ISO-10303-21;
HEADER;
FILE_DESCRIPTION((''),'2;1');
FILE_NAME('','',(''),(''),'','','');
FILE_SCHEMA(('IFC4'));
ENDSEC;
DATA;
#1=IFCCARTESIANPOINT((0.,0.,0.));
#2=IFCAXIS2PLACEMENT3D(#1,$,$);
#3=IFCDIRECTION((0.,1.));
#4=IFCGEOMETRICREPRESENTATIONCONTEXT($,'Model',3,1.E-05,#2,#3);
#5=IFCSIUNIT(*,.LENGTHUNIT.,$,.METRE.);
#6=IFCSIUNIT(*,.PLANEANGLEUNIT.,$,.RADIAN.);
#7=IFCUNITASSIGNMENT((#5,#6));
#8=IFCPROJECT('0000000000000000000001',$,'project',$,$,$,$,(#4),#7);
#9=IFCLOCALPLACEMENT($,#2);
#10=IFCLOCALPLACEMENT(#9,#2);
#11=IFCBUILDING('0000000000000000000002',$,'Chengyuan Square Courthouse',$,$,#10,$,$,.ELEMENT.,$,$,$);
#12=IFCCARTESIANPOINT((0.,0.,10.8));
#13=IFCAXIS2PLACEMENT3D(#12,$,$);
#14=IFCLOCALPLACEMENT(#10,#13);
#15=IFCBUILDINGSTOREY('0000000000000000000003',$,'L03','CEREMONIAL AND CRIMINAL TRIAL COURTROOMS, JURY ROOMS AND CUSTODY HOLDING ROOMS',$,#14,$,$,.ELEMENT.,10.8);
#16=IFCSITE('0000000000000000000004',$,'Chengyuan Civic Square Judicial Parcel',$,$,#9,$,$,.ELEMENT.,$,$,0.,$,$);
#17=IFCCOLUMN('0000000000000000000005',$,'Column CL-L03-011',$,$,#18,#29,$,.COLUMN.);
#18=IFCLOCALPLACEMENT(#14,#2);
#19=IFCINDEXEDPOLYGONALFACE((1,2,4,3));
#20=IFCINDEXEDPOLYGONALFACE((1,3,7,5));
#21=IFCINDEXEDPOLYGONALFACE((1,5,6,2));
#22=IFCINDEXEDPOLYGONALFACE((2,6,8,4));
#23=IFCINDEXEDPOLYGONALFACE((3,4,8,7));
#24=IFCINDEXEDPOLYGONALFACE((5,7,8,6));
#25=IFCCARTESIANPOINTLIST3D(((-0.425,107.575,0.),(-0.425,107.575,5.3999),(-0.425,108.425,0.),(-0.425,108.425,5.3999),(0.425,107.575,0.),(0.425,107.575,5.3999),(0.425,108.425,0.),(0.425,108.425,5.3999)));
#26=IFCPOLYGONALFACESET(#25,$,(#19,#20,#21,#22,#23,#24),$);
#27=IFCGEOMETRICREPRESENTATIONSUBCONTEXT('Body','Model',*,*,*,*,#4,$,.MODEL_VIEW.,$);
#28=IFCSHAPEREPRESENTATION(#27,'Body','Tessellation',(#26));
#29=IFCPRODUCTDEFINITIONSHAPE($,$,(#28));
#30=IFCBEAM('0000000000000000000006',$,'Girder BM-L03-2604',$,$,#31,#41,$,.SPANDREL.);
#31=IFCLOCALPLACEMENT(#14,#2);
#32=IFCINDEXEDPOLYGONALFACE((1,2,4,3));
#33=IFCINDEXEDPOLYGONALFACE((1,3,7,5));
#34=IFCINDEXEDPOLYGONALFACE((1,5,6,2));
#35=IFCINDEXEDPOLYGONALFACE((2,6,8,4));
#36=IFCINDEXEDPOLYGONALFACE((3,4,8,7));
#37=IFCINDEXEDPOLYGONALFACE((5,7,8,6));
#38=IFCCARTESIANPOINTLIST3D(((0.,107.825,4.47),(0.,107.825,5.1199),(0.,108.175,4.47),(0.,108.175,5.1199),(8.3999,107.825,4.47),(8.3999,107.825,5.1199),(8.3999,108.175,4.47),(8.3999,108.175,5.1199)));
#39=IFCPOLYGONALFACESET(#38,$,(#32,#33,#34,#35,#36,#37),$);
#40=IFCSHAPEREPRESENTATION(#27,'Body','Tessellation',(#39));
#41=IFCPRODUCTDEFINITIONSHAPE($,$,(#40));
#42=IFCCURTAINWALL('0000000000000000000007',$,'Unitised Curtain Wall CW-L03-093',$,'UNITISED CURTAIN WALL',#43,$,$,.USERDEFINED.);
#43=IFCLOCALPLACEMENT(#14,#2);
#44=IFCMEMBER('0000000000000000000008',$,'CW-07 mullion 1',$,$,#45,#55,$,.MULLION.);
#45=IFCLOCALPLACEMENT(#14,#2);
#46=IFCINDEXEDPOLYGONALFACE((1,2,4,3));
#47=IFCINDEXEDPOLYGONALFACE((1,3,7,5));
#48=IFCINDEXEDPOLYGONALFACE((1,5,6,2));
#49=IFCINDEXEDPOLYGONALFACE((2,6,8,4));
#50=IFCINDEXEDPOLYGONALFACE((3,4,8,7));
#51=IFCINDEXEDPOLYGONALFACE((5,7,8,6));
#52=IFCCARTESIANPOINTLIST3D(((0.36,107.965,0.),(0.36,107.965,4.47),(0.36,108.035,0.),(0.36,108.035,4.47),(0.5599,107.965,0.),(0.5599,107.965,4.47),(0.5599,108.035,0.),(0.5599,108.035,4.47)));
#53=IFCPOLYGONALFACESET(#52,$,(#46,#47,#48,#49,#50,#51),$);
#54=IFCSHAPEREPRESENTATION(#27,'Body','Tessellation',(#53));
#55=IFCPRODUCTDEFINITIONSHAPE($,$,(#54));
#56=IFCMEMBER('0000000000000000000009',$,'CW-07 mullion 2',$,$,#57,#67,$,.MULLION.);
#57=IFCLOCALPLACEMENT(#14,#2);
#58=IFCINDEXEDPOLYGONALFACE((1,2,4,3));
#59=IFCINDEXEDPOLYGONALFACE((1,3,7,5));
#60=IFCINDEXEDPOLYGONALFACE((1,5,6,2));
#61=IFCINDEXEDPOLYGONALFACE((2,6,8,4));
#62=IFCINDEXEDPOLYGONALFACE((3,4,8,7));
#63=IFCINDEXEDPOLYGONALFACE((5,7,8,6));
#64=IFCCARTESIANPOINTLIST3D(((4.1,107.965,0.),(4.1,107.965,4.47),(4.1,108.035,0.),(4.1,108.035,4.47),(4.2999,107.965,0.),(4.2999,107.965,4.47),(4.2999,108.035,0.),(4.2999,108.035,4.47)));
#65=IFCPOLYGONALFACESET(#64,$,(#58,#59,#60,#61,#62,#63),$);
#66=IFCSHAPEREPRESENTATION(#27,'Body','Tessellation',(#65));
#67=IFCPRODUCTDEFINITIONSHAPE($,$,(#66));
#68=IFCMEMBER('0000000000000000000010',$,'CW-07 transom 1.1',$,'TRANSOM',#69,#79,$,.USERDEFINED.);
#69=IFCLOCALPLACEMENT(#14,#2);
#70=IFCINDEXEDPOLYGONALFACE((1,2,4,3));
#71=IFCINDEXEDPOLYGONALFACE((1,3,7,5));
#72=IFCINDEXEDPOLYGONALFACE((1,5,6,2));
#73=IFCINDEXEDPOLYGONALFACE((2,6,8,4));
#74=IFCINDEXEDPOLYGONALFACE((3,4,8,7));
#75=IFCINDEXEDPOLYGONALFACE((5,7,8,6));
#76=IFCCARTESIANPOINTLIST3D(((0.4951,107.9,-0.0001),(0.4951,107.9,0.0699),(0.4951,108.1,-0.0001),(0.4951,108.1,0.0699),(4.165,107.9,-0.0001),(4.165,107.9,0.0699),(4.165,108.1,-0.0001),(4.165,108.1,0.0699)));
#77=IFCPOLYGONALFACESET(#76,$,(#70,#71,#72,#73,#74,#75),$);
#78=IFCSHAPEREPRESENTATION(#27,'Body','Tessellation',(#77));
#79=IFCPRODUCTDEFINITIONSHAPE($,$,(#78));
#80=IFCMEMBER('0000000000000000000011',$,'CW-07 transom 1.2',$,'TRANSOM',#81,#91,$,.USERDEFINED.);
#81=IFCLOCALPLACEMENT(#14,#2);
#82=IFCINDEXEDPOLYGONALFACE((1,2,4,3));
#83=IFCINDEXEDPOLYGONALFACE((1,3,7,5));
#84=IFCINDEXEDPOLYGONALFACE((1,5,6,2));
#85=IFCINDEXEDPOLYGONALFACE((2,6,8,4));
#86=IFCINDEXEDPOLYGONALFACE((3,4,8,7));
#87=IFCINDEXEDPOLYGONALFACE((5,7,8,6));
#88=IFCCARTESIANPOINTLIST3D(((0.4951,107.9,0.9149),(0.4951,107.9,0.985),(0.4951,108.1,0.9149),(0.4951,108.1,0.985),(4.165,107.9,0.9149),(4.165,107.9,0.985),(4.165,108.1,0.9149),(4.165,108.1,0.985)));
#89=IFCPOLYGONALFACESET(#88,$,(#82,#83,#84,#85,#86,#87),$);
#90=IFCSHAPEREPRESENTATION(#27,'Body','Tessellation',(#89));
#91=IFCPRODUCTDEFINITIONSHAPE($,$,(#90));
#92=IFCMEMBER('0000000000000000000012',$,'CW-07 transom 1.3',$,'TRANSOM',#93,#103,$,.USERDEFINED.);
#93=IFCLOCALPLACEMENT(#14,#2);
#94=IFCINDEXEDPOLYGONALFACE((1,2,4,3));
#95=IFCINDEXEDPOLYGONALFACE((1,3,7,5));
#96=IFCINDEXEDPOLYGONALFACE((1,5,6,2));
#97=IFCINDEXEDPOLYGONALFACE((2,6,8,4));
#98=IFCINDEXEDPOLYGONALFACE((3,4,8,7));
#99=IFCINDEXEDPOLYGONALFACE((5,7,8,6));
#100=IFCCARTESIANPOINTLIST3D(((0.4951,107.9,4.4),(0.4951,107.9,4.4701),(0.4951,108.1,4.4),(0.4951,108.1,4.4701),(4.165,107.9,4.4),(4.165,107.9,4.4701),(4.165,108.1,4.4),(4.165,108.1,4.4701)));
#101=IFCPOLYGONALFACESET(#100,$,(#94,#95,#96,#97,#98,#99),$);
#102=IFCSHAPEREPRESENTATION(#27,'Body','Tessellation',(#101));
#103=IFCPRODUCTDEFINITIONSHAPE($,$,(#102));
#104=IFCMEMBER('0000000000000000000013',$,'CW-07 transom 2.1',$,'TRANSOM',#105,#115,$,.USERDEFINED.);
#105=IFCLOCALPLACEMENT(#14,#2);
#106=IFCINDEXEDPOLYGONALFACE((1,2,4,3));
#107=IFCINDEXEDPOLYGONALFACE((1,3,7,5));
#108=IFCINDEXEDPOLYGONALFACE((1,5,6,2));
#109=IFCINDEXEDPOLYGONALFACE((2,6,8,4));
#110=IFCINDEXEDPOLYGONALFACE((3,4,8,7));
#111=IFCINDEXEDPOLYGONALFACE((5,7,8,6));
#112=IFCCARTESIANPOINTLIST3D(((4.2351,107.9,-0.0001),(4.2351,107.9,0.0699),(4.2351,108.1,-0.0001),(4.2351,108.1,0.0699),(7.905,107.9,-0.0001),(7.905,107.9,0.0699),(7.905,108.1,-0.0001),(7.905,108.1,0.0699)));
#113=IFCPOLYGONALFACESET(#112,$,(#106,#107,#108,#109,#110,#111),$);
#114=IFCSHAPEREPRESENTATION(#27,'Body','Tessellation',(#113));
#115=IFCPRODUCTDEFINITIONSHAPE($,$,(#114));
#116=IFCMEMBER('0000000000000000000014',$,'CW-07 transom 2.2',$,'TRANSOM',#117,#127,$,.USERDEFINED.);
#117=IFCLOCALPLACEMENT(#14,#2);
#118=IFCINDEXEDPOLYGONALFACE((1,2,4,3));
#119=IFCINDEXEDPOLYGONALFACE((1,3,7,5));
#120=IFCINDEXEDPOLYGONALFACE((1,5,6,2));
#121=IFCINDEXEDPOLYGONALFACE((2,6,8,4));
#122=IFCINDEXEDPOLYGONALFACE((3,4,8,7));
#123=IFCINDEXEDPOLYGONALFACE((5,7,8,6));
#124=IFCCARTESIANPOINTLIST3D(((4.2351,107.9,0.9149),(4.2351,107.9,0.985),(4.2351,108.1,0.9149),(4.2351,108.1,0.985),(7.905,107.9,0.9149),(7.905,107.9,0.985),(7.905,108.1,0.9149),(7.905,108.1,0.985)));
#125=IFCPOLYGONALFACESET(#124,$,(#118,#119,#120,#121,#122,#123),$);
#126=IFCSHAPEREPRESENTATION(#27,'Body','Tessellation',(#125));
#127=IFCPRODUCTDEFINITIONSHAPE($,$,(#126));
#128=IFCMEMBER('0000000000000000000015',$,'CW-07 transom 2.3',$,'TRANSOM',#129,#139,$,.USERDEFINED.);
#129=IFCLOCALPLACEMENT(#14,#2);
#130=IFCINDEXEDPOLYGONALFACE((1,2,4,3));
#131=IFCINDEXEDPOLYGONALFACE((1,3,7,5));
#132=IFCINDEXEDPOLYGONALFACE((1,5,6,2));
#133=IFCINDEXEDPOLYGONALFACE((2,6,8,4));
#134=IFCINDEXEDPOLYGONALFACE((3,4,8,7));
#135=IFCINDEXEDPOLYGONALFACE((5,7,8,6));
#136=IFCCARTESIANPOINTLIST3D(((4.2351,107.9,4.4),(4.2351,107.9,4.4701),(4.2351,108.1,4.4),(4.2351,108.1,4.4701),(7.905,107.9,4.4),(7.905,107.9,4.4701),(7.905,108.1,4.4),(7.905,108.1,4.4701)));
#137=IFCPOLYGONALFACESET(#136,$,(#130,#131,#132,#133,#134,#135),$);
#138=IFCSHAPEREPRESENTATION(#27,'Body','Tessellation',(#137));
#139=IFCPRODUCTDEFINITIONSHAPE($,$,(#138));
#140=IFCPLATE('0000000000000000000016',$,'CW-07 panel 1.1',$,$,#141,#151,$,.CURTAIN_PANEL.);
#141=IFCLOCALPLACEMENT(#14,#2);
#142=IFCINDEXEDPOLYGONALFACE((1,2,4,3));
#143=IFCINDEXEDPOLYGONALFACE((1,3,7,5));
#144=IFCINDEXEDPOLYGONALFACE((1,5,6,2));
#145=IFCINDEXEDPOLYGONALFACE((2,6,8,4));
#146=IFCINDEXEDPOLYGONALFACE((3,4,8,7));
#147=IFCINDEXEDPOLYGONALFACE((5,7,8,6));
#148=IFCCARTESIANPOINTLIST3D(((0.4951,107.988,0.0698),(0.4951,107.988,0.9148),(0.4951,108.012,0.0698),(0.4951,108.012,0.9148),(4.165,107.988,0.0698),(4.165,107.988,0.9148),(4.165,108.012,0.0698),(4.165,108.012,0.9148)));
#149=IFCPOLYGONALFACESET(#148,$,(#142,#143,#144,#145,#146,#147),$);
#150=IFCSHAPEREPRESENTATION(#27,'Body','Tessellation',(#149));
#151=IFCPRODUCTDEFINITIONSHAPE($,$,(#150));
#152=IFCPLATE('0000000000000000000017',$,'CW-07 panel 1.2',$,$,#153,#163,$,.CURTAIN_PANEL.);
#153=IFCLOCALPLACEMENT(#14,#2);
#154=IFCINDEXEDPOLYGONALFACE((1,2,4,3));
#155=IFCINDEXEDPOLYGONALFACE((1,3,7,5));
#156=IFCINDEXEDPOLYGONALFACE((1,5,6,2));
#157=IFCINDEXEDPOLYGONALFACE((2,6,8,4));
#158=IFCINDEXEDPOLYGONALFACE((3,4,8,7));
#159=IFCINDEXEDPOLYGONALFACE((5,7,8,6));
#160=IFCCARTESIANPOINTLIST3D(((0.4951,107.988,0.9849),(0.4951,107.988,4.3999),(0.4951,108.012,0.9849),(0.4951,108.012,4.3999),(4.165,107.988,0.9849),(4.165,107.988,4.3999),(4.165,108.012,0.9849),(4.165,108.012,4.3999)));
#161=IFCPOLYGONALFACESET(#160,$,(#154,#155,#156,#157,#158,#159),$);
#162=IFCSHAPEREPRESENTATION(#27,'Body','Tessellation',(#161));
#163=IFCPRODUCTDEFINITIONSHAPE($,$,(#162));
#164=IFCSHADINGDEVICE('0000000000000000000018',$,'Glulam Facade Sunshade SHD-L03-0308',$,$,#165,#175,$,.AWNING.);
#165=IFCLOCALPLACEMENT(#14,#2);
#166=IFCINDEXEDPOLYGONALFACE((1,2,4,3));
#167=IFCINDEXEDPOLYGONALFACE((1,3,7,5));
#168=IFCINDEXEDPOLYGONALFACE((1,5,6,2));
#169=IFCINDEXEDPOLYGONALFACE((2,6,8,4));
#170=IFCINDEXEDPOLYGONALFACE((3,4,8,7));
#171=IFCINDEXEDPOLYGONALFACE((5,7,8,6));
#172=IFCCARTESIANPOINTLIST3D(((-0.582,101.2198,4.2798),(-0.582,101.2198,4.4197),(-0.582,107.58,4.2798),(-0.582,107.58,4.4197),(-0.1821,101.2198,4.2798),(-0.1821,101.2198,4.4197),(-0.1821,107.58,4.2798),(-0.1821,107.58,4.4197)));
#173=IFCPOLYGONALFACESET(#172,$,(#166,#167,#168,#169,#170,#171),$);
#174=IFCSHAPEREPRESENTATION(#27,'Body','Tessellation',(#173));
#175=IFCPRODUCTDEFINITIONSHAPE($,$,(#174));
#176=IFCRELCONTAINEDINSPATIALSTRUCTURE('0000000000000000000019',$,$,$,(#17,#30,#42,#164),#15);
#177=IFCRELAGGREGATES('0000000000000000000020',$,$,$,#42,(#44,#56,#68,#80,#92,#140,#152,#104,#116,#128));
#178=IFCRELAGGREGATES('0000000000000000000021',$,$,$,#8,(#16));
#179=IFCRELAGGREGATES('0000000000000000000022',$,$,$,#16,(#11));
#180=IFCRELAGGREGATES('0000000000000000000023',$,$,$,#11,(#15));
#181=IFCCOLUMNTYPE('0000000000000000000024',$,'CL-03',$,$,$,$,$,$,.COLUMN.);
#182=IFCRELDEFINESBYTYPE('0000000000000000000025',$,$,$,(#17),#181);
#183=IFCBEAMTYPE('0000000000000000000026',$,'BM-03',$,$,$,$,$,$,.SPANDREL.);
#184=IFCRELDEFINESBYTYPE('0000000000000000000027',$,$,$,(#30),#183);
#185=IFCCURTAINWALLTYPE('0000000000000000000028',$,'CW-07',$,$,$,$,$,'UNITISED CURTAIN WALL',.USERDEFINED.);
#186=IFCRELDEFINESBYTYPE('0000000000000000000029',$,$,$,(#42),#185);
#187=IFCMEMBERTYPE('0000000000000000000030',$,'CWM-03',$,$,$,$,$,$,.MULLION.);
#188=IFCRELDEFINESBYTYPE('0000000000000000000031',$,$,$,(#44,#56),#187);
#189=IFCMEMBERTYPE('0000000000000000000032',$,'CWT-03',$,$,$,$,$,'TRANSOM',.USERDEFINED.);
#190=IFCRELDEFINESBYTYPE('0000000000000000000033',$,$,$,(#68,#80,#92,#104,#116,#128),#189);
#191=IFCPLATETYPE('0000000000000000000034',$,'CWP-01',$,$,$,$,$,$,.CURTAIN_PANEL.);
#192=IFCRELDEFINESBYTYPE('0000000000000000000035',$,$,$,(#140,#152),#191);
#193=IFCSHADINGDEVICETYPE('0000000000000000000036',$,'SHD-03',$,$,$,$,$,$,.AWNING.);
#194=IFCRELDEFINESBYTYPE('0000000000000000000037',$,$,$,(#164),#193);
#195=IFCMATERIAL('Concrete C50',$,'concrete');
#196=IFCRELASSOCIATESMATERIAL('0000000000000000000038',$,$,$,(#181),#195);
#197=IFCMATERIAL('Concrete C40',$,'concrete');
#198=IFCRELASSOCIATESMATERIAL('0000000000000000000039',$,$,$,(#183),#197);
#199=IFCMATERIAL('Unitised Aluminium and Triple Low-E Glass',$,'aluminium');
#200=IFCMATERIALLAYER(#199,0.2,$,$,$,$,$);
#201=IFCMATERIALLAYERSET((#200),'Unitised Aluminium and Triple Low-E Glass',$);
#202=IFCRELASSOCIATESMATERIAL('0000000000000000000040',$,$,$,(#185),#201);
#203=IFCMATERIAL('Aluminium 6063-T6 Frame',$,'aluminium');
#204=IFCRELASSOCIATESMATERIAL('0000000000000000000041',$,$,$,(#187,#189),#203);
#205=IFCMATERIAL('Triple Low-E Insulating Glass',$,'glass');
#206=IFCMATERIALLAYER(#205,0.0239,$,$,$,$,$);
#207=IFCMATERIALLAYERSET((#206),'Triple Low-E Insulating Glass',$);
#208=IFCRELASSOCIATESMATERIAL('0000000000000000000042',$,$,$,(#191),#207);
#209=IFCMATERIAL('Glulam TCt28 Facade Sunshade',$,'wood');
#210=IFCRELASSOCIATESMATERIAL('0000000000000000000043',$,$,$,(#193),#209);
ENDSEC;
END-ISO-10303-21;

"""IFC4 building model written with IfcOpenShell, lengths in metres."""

from ifc_helpers import new_model, si_unit, direction, frame, origin, origin_2d, place, context, subcontext, project, spatial, rectangle, extrude, material, layer, layer_set, material_profile, profile_set, type_object, element, aggregate, save


model = new_model("IFC4")

# Units and contexts
model_context = context("Model", 3, precision=1e-05, world=origin(), true_north=direction((0.0, 1.0)))
body_context = subcontext(model_context, "Body", "Model", "MODEL_VIEW")
ifc_project = project(units=[si_unit("LENGTHUNIT", "METRE"), si_unit("PLANEANGLEUNIT", "RADIAN")], contexts=[model_context])

# Site, building, storey
site_placement = place(None, origin())
site = spatial("IfcSite", under=ifc_project, at=site_placement, Name="Chengyuan Civic Square Judicial Parcel", CompositionType="ELEMENT", RefElevation=0.0)
building_placement = place(site_placement, origin())
building = spatial("IfcBuilding", under=site, at=building_placement, Name="Chengyuan Square Courthouse", CompositionType="ELEMENT")
storey_placement = place(building_placement, frame((0.0, 0.0, 10.8)))
storey = spatial("IfcBuildingStorey", under=building, at=storey_placement, Name="L03", Description="CEREMONIAL AND CRIMINAL TRIAL COURTROOMS, JURY ROOMS AND CUSTODY HOLDING ROOMS", CompositionType="ELEMENT", Elevation=10.8)

# Column
ifc_material_1 = material(Name="Concrete C50", Category="concrete")
ifc_material_profile_1 = material_profile(ifc_material_1, rectangle(XDim=0.8501, YDim=0.8501, at=origin_2d()), Name="RC-COL-850x850")
ifc_profile_set_1 = profile_set([ifc_material_profile_1], Name="Concrete C50")
column_type = type_object("IfcColumnType", Name="CL-03", PredefinedType="COLUMN", material=ifc_profile_set_1)
column_placement = place(storey_placement, frame((0.0, 108.0, 0.0), z_axis=(0.0, 0.0, 1.0), x_axis=(1.0, 0.0, 0.0)))
element("IfcColumn", 1, at=column_placement, inside=storey, type_object=column_type, Name="Column CL-L03-011", PredefinedType="COLUMN", context=body_context, shape_type="SweptSolid", body=[
    extrude(rectangle(XDim=0.8501, YDim=0.8501, at=origin_2d()), origin(), (0.0, 0.0, 1.0), 5.3999),
])

# Beam
ifc_material_2 = material(Name="Concrete C40", Category="concrete")
ifc_material_profile_2 = material_profile(ifc_material_2, rectangle(XDim=0.3501, YDim=0.6499, at=origin_2d()), Name="RC-BM-350x650")
ifc_profile_set_2 = profile_set([ifc_material_profile_2], Name="Concrete C40")
beam_type = type_object("IfcBeamType", Name="BM-03", PredefinedType="SPANDREL", material=ifc_profile_set_2)
beam_placement = place(storey_placement, frame((0.0, 108.0, 4.7949), z_axis=(1.0, 0.0, 0.0), x_axis=(0.0, 1.0, 0.0)))
element("IfcBeam", 2, at=beam_placement, inside=storey, type_object=beam_type, Name="Girder BM-L03-2604", PredefinedType="SPANDREL", context=body_context, shape_type="SweptSolid", body=[
    extrude(rectangle(XDim=0.3501, YDim=0.6499, at=origin_2d()), origin(), (0.0, 0.0, 1.0), 8.3999),
])

# Curtain wall, members, plates
ifc_material_3 = material(Name="Unitised Aluminium and Triple Low-E Glass", Category="aluminium")
ifc_layer_1 = layer(ifc_material_3, 0.2)
ifc_layer_set_1 = layer_set([ifc_layer_1], Name="Unitised Aluminium and Triple Low-E Glass")
curtain_wall_type = type_object("IfcCurtainWallType", Name="CW-07", ElementType="UNITISED CURTAIN WALL", PredefinedType="USERDEFINED", material=ifc_layer_set_1)
curtain_wall_placement = place(storey_placement, origin())
curtain_wall = element("IfcCurtainWall", 3, at=curtain_wall_placement, inside=storey, type_object=curtain_wall_type, Name="Unitised Curtain Wall CW-L03-093", ObjectType="UNITISED CURTAIN WALL", PredefinedType="USERDEFINED")
ifc_material_4 = material(Name="Aluminium 6063-T6 Frame", Category="aluminium")
ifc_material_profile_3 = material_profile(ifc_material_4, rectangle(XDim=0.0701, YDim=0.2, at=origin_2d()), Name="CW-MUL-70x200")
ifc_profile_set_3 = profile_set([ifc_material_profile_3], Name="Aluminium 6063-T6 Frame")
member_type_1 = type_object("IfcMemberType", Name="CWM-03", PredefinedType="MULLION", material=ifc_profile_set_3)
member_1_placement = place(storey_placement, frame((0.46, 108.0, 0.0), z_axis=(0.0, 0.0, 1.0), x_axis=(0.0, 1.0, 0.0)))
member_1 = element("IfcMember", 4, at=member_1_placement, type_object=member_type_1, Name="CW-07 mullion 1", PredefinedType="MULLION", context=body_context, shape_type="SweptSolid", body=[
    extrude(rectangle(XDim=0.0701, YDim=0.2, at=origin_2d()), origin(), (0.0, 0.0, 1.0), 4.47),
])
member_2_placement = place(storey_placement, frame((4.2, 108.0, 0.0), z_axis=(0.0, 0.0, 1.0), x_axis=(0.0, 1.0, 0.0)))
member_2 = element("IfcMember", 5, at=member_2_placement, type_object=member_type_1, Name="CW-07 mullion 2", PredefinedType="MULLION", context=body_context, shape_type="SweptSolid", body=[
    extrude(rectangle(XDim=0.0701, YDim=0.2, at=origin_2d()), origin(), (0.0, 0.0, 1.0), 4.47),
])
ifc_material_profile_4 = material_profile(ifc_material_4, rectangle(XDim=0.2, YDim=0.0701, at=origin_2d()), Name="CW-TRN-70x160")
ifc_profile_set_4 = profile_set([ifc_material_profile_4], Name="Aluminium 6063-T6 Frame")
member_type_2 = type_object("IfcMemberType", Name="CWT-03", ElementType="TRANSOM", PredefinedType="USERDEFINED", material=ifc_profile_set_4)
member_3_placement = place(storey_placement, frame((0.4951, 108.0, 0.0349), z_axis=(1.0, 0.0, 0.0), x_axis=(0.0, 1.0, 0.0)))
member_3 = element("IfcMember", 6, at=member_3_placement, type_object=member_type_2, Name="CW-07 transom 1.1", ObjectType="TRANSOM", PredefinedType="USERDEFINED", context=body_context, shape_type="SweptSolid", body=[
    extrude(rectangle(XDim=0.2, YDim=0.0701, at=origin_2d()), origin(), (0.0, 0.0, 1.0), 3.6699),
])
member_4_placement = place(storey_placement, frame((0.4951, 108.0, 0.95), z_axis=(1.0, 0.0, 0.0), x_axis=(0.0, 1.0, 0.0)))
member_4 = element("IfcMember", 7, at=member_4_placement, type_object=member_type_2, Name="CW-07 transom 1.2", ObjectType="TRANSOM", PredefinedType="USERDEFINED", context=body_context, shape_type="SweptSolid", body=[
    extrude(rectangle(XDim=0.2, YDim=0.0701, at=origin_2d()), origin(), (0.0, 0.0, 1.0), 3.6699),
])
member_5_placement = place(storey_placement, frame((0.4951, 108.0, 4.4351), z_axis=(1.0, 0.0, 0.0), x_axis=(0.0, 1.0, 0.0)))
member_5 = element("IfcMember", 8, at=member_5_placement, type_object=member_type_2, Name="CW-07 transom 1.3", ObjectType="TRANSOM", PredefinedType="USERDEFINED", context=body_context, shape_type="SweptSolid", body=[
    extrude(rectangle(XDim=0.2, YDim=0.0701, at=origin_2d()), origin(), (0.0, 0.0, 1.0), 3.6699),
])
member_6_placement = place(storey_placement, frame((4.2351, 108.0, 0.0349), z_axis=(1.0, 0.0, 0.0), x_axis=(0.0, 1.0, 0.0)))
member_6 = element("IfcMember", 9, at=member_6_placement, type_object=member_type_2, Name="CW-07 transom 2.1", ObjectType="TRANSOM", PredefinedType="USERDEFINED", context=body_context, shape_type="SweptSolid", body=[
    extrude(rectangle(XDim=0.2, YDim=0.0701, at=origin_2d()), origin(), (0.0, 0.0, 1.0), 3.6699),
])
member_7_placement = place(storey_placement, frame((4.2351, 108.0, 0.95), z_axis=(1.0, 0.0, 0.0), x_axis=(0.0, 1.0, 0.0)))
member_7 = element("IfcMember", 10, at=member_7_placement, type_object=member_type_2, Name="CW-07 transom 2.2", ObjectType="TRANSOM", PredefinedType="USERDEFINED", context=body_context, shape_type="SweptSolid", body=[
    extrude(rectangle(XDim=0.2, YDim=0.0701, at=origin_2d()), origin(), (0.0, 0.0, 1.0), 3.6699),
])
member_8_placement = place(storey_placement, frame((4.2351, 108.0, 4.4351), z_axis=(1.0, 0.0, 0.0), x_axis=(0.0, 1.0, 0.0)))
member_8 = element("IfcMember", 11, at=member_8_placement, type_object=member_type_2, Name="CW-07 transom 2.3", ObjectType="TRANSOM", PredefinedType="USERDEFINED", context=body_context, shape_type="SweptSolid", body=[
    extrude(rectangle(XDim=0.2, YDim=0.0701, at=origin_2d()), origin(), (0.0, 0.0, 1.0), 3.6699),
])
ifc_material_5 = material(Name="Triple Low-E Insulating Glass", Category="glass")
ifc_layer_2 = layer(ifc_material_5, 0.0239)
ifc_layer_set_2 = layer_set([ifc_layer_2], Name="Triple Low-E Insulating Glass")
plate_type = type_object("IfcPlateType", Name="CWP-01", PredefinedType="CURTAIN_PANEL", material=ifc_layer_set_2)
plate_1_placement = place(storey_placement, frame((2.3301, 108.0, 0.0698), z_axis=(0.0, 0.0, 1.0), x_axis=(1.0, 0.0, 0.0)))
plate_1 = element("IfcPlate", 12, at=plate_1_placement, type_object=plate_type, Name="CW-07 panel 1.1", PredefinedType="CURTAIN_PANEL", context=body_context, shape_type="SweptSolid", body=[
    extrude(rectangle(XDim=3.6699, YDim=0.0239, at=origin_2d()), origin(), (0.0, 0.0, 1.0), 0.845),
])
plate_2_placement = place(storey_placement, frame((2.3301, 108.0, 0.9849), z_axis=(0.0, 0.0, 1.0), x_axis=(1.0, 0.0, 0.0)))
plate_2 = element("IfcPlate", 13, at=plate_2_placement, type_object=plate_type, Name="CW-07 panel 1.2", PredefinedType="CURTAIN_PANEL", context=body_context, shape_type="SweptSolid", body=[
    extrude(rectangle(XDim=3.6699, YDim=0.0239, at=origin_2d()), origin(), (0.0, 0.0, 1.0), 3.415),
])
aggregate(curtain_wall, [member_1, member_2, member_3, member_4, member_5, plate_1, plate_2, member_6, member_7, member_8])

# Shading device
ifc_material_6 = material(Name="Glulam TCt28 Facade Sunshade", Category="wood")
shading_device_type = type_object("IfcShadingDeviceType", Name="SHD-03", PredefinedType="AWNING", material=ifc_material_6)
shading_device_placement = place(storey_placement, frame((-0.3821, 104.3999, 4.2798), z_axis=(0.0, 0.0, 1.0), x_axis=(0.0, 1.0, 0.0)))
element("IfcShadingDevice", 14, at=shading_device_placement, inside=storey, type_object=shading_device_type, Name="Glulam Facade Sunshade SHD-L03-0308", PredefinedType="AWNING", context=body_context, shape_type="SweptSolid", body=[
    extrude(rectangle(XDim=6.3601, YDim=0.3999, at=origin_2d()), origin(), (0.0, 0.0, 1.0), 0.1399),
])

save(model, "model.ifc")
